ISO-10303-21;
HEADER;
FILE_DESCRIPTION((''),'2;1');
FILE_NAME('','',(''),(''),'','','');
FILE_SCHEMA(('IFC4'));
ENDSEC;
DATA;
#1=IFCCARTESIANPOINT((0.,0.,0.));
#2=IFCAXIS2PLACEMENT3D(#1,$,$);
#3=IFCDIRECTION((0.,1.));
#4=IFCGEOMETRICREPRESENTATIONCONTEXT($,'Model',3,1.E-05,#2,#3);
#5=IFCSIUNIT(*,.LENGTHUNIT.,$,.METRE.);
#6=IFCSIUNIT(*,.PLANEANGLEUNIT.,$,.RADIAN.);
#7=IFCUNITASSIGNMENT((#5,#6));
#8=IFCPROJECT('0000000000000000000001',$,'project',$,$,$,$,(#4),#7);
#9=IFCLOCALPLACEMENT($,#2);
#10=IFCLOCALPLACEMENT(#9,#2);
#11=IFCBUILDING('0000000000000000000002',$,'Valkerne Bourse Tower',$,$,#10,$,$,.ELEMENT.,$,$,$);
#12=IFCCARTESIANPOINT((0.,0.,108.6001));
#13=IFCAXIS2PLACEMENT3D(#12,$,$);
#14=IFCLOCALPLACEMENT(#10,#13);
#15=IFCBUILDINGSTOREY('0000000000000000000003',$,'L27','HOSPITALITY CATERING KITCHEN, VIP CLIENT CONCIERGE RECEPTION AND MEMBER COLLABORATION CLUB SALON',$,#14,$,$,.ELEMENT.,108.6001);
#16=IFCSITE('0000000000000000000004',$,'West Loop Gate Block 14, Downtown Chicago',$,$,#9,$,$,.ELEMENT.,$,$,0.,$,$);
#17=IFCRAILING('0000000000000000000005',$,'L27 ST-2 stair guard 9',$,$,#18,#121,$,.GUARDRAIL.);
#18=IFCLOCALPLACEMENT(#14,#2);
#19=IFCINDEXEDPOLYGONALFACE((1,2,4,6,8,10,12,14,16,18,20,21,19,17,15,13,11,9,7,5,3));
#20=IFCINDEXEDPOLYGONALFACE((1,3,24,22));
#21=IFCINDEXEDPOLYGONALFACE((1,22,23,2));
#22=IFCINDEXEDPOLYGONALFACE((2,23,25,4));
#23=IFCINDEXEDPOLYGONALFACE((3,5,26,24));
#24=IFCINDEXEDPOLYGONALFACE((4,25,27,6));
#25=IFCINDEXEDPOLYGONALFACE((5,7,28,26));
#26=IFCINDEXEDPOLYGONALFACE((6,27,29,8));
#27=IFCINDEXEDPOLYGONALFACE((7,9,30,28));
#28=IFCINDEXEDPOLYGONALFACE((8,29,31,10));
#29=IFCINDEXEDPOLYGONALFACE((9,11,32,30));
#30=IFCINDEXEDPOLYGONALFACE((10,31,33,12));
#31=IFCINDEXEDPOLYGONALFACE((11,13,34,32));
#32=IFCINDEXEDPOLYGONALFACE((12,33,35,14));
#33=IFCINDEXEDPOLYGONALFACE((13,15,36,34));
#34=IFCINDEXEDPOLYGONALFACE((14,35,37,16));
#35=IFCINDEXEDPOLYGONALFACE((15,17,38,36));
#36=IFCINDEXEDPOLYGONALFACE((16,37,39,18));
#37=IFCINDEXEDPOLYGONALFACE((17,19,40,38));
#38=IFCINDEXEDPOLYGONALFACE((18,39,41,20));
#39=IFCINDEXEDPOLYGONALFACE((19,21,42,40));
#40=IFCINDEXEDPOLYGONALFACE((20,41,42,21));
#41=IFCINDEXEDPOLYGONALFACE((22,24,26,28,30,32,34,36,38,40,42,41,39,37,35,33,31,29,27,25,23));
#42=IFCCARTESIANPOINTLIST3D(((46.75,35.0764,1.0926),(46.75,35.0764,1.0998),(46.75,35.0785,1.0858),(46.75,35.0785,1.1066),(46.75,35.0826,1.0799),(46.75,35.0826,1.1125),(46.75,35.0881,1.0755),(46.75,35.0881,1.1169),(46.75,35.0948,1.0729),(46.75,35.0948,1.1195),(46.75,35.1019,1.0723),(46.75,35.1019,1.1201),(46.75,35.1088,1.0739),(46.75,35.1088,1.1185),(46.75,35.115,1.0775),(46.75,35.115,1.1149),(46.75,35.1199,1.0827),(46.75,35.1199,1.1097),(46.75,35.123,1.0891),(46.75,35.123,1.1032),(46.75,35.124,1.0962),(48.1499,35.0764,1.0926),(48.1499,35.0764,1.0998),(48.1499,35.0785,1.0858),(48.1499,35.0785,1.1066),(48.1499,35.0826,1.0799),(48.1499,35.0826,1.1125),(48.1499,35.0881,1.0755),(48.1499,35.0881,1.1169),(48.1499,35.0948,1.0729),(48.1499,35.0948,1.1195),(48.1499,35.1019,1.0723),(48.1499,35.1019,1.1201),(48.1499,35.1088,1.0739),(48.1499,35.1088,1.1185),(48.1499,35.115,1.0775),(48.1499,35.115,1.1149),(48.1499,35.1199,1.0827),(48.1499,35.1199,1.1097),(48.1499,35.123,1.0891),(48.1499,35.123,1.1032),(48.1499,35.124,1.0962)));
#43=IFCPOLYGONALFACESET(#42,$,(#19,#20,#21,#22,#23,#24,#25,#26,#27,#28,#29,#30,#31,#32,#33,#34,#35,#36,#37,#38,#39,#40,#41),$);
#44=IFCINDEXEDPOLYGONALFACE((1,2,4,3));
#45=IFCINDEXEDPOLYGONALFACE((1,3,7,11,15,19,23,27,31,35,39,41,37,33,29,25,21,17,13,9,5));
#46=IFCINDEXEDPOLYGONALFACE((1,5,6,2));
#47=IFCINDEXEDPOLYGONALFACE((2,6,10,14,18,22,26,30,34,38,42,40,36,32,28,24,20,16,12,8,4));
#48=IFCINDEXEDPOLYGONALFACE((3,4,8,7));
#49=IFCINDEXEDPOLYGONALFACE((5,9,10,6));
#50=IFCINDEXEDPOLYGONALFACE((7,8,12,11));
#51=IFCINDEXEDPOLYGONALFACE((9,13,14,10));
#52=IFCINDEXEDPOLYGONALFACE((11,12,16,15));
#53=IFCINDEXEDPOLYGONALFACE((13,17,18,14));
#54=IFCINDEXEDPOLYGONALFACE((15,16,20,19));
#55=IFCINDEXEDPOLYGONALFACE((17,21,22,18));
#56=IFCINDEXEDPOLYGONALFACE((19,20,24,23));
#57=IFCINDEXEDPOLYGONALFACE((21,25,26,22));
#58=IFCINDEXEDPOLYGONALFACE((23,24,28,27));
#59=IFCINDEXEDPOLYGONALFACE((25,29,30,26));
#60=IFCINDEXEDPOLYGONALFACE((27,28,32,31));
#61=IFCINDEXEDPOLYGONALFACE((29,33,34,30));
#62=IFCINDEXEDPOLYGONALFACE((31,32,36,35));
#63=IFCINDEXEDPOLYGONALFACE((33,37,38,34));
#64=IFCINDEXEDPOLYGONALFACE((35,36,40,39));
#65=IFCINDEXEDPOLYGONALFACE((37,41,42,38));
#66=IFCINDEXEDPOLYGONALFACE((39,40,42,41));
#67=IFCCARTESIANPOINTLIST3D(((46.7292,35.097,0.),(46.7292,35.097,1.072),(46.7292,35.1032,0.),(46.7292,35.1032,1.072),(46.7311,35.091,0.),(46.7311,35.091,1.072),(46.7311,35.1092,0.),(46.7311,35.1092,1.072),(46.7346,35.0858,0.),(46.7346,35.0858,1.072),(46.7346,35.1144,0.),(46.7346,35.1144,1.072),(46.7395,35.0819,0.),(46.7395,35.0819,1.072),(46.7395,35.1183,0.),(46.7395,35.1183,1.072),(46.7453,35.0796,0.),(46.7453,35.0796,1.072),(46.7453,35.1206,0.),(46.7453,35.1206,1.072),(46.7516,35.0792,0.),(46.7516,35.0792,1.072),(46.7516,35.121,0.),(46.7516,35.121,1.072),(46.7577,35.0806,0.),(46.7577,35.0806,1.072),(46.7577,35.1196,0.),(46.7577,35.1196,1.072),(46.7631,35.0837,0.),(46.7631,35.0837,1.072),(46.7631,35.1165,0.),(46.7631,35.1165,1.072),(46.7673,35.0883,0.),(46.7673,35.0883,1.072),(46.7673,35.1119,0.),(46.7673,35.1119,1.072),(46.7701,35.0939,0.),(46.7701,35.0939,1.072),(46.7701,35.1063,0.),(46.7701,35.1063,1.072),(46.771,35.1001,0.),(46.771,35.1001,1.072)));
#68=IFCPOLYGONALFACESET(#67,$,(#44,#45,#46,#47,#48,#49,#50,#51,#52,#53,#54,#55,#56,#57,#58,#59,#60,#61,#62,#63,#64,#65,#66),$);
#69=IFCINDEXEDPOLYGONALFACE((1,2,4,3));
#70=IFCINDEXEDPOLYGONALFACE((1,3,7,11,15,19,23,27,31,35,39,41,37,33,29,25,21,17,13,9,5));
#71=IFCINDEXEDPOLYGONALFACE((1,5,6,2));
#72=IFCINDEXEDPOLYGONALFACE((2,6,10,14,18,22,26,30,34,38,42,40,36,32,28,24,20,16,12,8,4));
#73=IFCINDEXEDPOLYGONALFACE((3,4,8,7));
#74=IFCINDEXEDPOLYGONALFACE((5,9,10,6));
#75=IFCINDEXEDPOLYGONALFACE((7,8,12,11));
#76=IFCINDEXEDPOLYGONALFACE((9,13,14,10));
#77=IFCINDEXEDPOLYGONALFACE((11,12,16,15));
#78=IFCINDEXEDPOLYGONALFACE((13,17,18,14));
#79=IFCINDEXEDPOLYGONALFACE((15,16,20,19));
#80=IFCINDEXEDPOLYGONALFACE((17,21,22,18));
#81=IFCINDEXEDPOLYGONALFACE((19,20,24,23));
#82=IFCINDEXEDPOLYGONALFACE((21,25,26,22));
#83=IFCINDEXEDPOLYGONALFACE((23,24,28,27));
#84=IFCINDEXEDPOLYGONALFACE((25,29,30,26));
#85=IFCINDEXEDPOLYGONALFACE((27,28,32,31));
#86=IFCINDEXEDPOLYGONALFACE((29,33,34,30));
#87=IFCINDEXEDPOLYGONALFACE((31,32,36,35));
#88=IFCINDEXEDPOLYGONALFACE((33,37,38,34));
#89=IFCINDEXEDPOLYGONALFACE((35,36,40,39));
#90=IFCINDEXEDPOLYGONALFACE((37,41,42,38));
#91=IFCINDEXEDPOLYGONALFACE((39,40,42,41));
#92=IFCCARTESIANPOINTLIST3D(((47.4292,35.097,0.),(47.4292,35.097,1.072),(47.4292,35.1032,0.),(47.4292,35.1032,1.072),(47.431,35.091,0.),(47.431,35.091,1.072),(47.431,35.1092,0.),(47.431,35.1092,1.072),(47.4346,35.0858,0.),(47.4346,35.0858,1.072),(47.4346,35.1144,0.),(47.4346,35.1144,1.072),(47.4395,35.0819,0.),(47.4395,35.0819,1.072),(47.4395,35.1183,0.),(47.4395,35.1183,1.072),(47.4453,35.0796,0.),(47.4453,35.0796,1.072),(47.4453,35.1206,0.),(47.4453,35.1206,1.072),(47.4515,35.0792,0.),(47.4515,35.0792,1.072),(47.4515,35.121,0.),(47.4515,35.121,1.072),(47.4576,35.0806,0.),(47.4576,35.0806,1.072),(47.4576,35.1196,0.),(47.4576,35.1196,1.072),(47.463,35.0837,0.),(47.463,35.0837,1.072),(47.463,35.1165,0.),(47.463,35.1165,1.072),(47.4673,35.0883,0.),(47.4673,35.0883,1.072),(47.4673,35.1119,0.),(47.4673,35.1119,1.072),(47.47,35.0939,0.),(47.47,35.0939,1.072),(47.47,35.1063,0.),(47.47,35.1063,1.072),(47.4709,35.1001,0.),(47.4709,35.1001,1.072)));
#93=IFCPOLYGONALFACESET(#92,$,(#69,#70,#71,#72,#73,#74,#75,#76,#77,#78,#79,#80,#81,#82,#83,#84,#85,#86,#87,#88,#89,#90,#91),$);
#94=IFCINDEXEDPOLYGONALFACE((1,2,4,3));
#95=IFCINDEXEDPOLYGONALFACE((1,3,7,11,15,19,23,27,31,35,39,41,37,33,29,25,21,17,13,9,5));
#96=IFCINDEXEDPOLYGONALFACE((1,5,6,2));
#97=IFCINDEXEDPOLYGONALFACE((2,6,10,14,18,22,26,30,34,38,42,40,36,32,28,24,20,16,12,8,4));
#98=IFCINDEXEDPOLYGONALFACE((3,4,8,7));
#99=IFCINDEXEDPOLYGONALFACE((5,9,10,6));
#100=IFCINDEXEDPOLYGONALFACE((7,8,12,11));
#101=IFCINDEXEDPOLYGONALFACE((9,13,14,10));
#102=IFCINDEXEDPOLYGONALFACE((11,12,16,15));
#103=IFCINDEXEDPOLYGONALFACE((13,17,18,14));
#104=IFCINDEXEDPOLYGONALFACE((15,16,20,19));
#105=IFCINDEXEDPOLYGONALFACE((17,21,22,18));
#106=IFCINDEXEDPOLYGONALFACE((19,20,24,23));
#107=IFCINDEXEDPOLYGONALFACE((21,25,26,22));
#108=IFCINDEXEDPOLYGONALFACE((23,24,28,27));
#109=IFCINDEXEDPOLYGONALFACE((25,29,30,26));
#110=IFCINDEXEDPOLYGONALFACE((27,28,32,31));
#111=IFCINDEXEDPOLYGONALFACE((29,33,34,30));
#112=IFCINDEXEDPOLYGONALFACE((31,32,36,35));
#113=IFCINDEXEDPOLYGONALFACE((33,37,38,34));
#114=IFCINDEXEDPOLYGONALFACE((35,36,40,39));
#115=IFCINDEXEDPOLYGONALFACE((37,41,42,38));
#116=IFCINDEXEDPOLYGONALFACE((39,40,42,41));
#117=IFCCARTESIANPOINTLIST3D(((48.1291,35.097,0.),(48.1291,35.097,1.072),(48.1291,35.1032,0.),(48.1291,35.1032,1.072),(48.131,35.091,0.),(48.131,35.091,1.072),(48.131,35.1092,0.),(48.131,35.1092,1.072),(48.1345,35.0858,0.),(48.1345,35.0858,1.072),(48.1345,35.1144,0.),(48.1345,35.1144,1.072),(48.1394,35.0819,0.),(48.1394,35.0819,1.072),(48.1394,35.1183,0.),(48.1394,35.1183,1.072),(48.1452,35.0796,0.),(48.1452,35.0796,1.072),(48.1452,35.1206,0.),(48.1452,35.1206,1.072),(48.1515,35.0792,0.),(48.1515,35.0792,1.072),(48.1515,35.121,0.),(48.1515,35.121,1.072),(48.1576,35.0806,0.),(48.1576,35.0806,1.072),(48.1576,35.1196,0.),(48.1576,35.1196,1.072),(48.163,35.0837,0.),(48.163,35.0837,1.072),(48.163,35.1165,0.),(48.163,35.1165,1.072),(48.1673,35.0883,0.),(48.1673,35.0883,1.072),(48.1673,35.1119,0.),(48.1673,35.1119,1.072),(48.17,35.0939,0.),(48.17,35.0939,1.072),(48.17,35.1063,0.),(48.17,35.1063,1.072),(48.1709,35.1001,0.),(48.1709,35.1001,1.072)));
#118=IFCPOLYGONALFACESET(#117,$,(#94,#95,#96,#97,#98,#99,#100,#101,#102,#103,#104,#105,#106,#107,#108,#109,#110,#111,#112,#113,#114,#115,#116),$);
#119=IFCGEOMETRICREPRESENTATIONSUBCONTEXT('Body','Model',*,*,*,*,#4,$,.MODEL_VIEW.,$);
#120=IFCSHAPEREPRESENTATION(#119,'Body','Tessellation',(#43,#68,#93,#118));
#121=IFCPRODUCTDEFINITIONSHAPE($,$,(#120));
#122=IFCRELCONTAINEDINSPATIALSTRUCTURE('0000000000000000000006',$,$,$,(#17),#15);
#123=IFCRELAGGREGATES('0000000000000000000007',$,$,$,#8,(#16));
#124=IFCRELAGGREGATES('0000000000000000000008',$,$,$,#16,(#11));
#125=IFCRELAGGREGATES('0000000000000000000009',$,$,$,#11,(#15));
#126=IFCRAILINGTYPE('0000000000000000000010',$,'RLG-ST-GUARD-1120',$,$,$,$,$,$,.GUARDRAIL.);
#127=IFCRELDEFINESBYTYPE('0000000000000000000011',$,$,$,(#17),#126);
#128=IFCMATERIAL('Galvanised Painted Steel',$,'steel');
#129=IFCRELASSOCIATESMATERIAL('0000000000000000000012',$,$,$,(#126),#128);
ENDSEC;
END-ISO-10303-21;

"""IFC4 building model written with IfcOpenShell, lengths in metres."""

from ifc_helpers import new_model, si_unit, direction, frame, origin, origin_2d, place, context, subcontext, project, spatial, circle, extrude, material, type_object, element, save


model = new_model("IFC4")

# Units and contexts
model_context = context("Model", 3, precision=1e-05, world=origin(), true_north=direction((0.0, 1.0)))
body_context = subcontext(model_context, "Body", "Model", "MODEL_VIEW")
ifc_project = project(units=[si_unit("LENGTHUNIT", "METRE"), si_unit("PLANEANGLEUNIT", "RADIAN")], contexts=[model_context])

# Site, building, storey
site_placement = place(None, origin())
site = spatial("IfcSite", under=ifc_project, at=site_placement, Name="West Loop Gate Block 14, Downtown Chicago", CompositionType="ELEMENT", RefElevation=0.0)
building_placement = place(site_placement, origin())
building = spatial("IfcBuilding", under=site, at=building_placement, Name="Valkerne Bourse Tower", CompositionType="ELEMENT")
storey_placement = place(building_placement, frame((0.0, 0.0, 108.6001)))
storey = spatial("IfcBuildingStorey", under=building, at=storey_placement, Name="L27", Description="HOSPITALITY CATERING KITCHEN, VIP CLIENT CONCIERGE RECEPTION AND MEMBER COLLABORATION CLUB SALON", CompositionType="ELEMENT", Elevation=108.6001)

# Shared definitions
ifc_material_1 = material(Name="Galvanised Painted Steel", Category="steel")

# Railing
railing_type_1 = type_object("IfcRailingType", Name="RLG-ST-GUARD-1120", PredefinedType="GUARDRAIL", material=ifc_material_1)
for number, where, name in (
    (1, (46.75, 35.1001, 0.0), "L27 ST-2 stair guard 9"),
):
    element("IfcRailing", number, at=place(storey_placement, frame(where)), inside=storey, type_object=railing_type_1, Name=name, PredefinedType="GUARDRAIL", context=body_context, shape_type="SweptSolid", body=[
        extrude(circle(Radius=0.0239, at=origin_2d()), frame((0.0, 0.0, 1.0962), z_axis=(1.0, 0.0, 0.0), x_axis=(0.0, 1.0, 0.0)), (0.0, 0.0, 1.0), 1.3999),
        extrude(circle(Radius=0.021, at=origin_2d()), origin(), (0.0, 0.0, 1.0), 1.072),
        extrude(circle(Radius=0.021, at=origin_2d()), frame((0.7, 0.0, 0.0)), (0.0, 0.0, 1.0), 1.072),
        extrude(circle(Radius=0.021, at=origin_2d()), frame((1.3999, 0.0, 0.0)), (0.0, 0.0, 1.0), 1.072),
    ])

save(model, "model.ifc")
